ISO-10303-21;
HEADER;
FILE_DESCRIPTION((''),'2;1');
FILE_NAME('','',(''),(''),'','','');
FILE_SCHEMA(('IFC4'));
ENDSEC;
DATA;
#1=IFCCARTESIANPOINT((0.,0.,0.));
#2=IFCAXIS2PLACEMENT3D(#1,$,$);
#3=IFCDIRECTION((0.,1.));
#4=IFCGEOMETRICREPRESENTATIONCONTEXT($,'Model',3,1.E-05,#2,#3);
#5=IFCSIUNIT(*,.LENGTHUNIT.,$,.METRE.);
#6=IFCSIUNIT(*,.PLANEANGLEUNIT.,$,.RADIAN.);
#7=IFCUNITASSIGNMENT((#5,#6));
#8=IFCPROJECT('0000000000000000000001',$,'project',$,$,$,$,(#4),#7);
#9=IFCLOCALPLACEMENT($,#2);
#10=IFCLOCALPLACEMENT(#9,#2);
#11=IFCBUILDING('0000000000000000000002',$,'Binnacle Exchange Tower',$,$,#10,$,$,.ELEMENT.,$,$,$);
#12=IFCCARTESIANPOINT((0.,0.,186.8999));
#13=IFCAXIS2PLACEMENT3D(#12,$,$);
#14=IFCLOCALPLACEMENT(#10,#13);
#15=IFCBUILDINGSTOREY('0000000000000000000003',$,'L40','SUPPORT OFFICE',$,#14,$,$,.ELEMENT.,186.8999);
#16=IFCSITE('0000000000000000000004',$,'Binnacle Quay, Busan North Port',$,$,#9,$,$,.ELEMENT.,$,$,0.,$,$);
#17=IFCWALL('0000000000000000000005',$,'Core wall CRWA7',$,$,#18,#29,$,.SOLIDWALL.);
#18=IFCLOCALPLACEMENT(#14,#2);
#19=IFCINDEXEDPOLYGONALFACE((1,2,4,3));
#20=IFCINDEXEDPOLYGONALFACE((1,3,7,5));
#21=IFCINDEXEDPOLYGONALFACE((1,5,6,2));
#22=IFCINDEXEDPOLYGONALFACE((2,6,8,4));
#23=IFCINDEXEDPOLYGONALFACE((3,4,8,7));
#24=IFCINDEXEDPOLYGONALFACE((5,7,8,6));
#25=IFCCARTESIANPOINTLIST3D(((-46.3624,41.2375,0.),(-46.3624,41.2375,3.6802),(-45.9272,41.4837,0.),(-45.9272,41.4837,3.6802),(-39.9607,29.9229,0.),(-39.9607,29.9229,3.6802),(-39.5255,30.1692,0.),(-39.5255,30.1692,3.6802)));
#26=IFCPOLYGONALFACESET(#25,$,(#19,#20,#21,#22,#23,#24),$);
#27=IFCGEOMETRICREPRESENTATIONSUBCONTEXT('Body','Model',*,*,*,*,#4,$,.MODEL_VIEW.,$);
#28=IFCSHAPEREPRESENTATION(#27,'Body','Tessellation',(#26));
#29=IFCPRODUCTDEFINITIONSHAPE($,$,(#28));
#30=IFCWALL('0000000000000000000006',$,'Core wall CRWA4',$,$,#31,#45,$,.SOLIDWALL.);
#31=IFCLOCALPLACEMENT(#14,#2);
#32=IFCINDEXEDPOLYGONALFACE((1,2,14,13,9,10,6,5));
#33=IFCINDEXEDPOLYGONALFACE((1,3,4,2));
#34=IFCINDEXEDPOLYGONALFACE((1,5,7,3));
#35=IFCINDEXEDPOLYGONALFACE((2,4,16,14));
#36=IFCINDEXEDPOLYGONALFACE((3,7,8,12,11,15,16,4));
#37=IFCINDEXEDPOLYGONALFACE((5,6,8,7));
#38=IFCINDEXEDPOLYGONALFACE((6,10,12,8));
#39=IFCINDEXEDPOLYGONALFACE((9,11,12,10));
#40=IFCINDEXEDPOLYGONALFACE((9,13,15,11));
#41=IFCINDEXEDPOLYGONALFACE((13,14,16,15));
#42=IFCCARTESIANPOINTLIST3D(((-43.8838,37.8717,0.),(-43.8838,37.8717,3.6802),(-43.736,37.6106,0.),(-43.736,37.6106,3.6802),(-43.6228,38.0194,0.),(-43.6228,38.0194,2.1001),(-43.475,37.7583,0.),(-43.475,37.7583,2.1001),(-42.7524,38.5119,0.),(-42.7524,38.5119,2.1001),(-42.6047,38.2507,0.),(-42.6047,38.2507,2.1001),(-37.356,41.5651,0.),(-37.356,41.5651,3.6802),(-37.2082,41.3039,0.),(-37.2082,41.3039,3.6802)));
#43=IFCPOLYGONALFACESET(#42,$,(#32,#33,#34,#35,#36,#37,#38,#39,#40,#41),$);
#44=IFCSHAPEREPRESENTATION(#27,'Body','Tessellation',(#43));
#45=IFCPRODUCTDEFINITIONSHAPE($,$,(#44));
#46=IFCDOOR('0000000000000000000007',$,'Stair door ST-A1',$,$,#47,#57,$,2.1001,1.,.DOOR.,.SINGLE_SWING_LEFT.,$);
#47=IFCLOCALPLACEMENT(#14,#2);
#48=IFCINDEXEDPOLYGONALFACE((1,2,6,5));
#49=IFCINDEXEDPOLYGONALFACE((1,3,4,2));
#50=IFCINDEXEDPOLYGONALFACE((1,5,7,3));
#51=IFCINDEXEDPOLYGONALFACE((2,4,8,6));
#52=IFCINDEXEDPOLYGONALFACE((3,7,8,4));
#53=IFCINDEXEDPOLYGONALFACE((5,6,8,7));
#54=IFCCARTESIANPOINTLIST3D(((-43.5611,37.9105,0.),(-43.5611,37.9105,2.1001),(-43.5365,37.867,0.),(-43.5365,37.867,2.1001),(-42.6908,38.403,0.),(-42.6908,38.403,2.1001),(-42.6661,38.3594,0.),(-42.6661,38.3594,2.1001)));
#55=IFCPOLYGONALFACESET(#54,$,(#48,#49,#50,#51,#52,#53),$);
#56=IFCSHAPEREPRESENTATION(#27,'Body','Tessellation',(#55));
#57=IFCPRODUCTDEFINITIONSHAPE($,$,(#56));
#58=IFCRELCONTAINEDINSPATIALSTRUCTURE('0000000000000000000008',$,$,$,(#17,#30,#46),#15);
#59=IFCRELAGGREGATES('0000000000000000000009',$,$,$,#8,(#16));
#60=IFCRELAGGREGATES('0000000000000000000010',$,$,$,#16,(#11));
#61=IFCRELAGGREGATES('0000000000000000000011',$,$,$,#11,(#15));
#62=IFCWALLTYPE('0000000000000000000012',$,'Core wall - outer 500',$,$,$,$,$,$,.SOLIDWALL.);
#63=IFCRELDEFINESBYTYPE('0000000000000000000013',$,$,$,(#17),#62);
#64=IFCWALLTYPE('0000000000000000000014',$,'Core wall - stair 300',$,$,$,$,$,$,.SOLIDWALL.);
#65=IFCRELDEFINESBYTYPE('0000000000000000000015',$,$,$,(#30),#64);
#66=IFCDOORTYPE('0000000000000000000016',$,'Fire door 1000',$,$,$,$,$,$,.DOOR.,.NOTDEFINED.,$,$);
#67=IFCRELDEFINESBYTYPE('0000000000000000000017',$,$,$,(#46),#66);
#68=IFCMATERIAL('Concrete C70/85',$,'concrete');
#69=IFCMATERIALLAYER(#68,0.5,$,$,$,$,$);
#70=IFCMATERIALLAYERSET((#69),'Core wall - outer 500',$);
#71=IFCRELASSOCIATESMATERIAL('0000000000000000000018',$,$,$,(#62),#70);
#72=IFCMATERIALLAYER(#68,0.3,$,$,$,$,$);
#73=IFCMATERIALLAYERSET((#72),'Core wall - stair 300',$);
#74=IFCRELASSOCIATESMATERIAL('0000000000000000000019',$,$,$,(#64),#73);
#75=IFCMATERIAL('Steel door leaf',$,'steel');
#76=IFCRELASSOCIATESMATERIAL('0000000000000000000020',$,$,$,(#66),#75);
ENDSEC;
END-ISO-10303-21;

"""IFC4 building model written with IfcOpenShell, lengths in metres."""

from ifc_helpers import new_model, si_unit, direction, frame, frame_2d, origin, place, context, subcontext, project, spatial, rectangle, extrude, material, layer, layer_set, type_object, element, fill, save


model = new_model("IFC4")

# Units and contexts
model_context = context("Model", 3, precision=1e-05, world=origin(), true_north=direction((0.0, 1.0)))
body_context = subcontext(model_context, "Body", "Model", "MODEL_VIEW")
ifc_project = project(units=[si_unit("LENGTHUNIT", "METRE"), si_unit("PLANEANGLEUNIT", "RADIAN")], contexts=[model_context])

# Site, building, storey
site_placement = place(None, origin())
site = spatial("IfcSite", under=ifc_project, at=site_placement, Name="Binnacle Quay, Busan North Port", CompositionType="ELEMENT", RefElevation=0.0)
building_placement = place(site_placement, origin())
building = spatial("IfcBuilding", under=site, at=building_placement, Name="Binnacle Exchange Tower", CompositionType="ELEMENT")
storey_placement = place(building_placement, frame((0.0, 0.0, 186.8999)))
storey = spatial("IfcBuildingStorey", under=building, at=storey_placement, Name="L40", Description="SUPPORT OFFICE", CompositionType="ELEMENT", Elevation=186.8999)

# Shared definitions
ifc_material_1 = material(Name="Concrete C70/85", Category="concrete")

# Wall
ifc_layer_1 = layer(ifc_material_1, 0.5)
ifc_layer_set_1 = layer_set([ifc_layer_1], Name="Core wall - outer 500")
wall_type_1 = type_object("IfcWallType", Name="Core wall - outer 500", PredefinedType="SOLIDWALL", material=ifc_layer_set_1)
wall_1_placement = place(storey_placement, frame((-46.1448, 41.3606, 0.0), z_axis=(0.0, 0.0, 1.0), x_axis=(0.492435, -0.870349, 0.0)))
element("IfcWall", 1, at=wall_1_placement, inside=storey, type_object=wall_type_1, Name="Core wall CRWA7", PredefinedType="SOLIDWALL", context=body_context, shape_type="SweptSolid", body=[
    extrude(rectangle(XDim=13.0, YDim=0.5, at=frame_2d((6.5, 0.0))), origin(), (0.0, 0.0, 1.0), 3.6802),
])

# Wall, opening, door
ifc_layer_2 = layer(ifc_material_1, 0.3)
ifc_layer_set_2 = layer_set([ifc_layer_2], Name="Core wall - stair 300")
wall_type_2 = type_object("IfcWallType", Name="Core wall - stair 300", PredefinedType="SOLIDWALL", material=ifc_layer_set_2)
wall_2_placement = place(storey_placement, frame((-43.8098, 37.7412, 0.0), z_axis=(0.0, 0.0, 1.0), x_axis=(0.870351, 0.492433, 0.0)))
wall_2 = element("IfcWall", 2, at=wall_2_placement, inside=storey, type_object=wall_type_2, Name="Core wall CRWA4", PredefinedType="SOLIDWALL", context=body_context, shape_type="SweptSolid", body=[
    extrude(rectangle(XDim=7.5002, YDim=0.3, at=frame_2d((3.75, 0.0))), origin(), (0.0, 0.0, 1.0), 3.6802),
])
opening_1_placement = place(wall_2_placement, frame((0.2998, 0.0, 0.0)))
opening_1 = element("IfcOpeningElement", 3, at=opening_1_placement, cuts=wall_2, PredefinedType="OPENING", context=body_context, shape_type="SweptSolid", body=[
    extrude(rectangle(XDim=1.0, YDim=2.1001, at=frame_2d((0.5, 1.05))), frame((0.0, 0.1599, 0.0), z_axis=(0.0, -1.0, 0.0), x_axis=(1.0, 0.0, 0.0)), (0.0, 0.0, 1.0), 0.3201),
])
ifc_material_2 = material(Name="Steel door leaf", Category="steel")
door_type = type_object("IfcDoorType", Name="Fire door 1000", OperationType="NOTDEFINED", PredefinedType="DOOR", material=ifc_material_2)
door_placement = place(opening_1_placement, origin())
door = element("IfcDoor", 4, at=door_placement, inside=storey, type_object=door_type, Name="Stair door ST-A1", OperationType="SINGLE_SWING_LEFT", OverallHeight=2.1001, OverallWidth=1.0, PredefinedType="DOOR", context=body_context, shape_type="SweptSolid", body=[
    extrude(rectangle(XDim=1.0, YDim=2.1001, at=frame_2d((0.5, 1.05))), frame((0.0, 0.0249, 0.0), z_axis=(0.0, -1.0, 0.0), x_axis=(1.0, 0.0, 0.0)), (0.0, 0.0, 1.0), 0.05),
])
fill(opening_1, door)

save(model, "model.ifc")
